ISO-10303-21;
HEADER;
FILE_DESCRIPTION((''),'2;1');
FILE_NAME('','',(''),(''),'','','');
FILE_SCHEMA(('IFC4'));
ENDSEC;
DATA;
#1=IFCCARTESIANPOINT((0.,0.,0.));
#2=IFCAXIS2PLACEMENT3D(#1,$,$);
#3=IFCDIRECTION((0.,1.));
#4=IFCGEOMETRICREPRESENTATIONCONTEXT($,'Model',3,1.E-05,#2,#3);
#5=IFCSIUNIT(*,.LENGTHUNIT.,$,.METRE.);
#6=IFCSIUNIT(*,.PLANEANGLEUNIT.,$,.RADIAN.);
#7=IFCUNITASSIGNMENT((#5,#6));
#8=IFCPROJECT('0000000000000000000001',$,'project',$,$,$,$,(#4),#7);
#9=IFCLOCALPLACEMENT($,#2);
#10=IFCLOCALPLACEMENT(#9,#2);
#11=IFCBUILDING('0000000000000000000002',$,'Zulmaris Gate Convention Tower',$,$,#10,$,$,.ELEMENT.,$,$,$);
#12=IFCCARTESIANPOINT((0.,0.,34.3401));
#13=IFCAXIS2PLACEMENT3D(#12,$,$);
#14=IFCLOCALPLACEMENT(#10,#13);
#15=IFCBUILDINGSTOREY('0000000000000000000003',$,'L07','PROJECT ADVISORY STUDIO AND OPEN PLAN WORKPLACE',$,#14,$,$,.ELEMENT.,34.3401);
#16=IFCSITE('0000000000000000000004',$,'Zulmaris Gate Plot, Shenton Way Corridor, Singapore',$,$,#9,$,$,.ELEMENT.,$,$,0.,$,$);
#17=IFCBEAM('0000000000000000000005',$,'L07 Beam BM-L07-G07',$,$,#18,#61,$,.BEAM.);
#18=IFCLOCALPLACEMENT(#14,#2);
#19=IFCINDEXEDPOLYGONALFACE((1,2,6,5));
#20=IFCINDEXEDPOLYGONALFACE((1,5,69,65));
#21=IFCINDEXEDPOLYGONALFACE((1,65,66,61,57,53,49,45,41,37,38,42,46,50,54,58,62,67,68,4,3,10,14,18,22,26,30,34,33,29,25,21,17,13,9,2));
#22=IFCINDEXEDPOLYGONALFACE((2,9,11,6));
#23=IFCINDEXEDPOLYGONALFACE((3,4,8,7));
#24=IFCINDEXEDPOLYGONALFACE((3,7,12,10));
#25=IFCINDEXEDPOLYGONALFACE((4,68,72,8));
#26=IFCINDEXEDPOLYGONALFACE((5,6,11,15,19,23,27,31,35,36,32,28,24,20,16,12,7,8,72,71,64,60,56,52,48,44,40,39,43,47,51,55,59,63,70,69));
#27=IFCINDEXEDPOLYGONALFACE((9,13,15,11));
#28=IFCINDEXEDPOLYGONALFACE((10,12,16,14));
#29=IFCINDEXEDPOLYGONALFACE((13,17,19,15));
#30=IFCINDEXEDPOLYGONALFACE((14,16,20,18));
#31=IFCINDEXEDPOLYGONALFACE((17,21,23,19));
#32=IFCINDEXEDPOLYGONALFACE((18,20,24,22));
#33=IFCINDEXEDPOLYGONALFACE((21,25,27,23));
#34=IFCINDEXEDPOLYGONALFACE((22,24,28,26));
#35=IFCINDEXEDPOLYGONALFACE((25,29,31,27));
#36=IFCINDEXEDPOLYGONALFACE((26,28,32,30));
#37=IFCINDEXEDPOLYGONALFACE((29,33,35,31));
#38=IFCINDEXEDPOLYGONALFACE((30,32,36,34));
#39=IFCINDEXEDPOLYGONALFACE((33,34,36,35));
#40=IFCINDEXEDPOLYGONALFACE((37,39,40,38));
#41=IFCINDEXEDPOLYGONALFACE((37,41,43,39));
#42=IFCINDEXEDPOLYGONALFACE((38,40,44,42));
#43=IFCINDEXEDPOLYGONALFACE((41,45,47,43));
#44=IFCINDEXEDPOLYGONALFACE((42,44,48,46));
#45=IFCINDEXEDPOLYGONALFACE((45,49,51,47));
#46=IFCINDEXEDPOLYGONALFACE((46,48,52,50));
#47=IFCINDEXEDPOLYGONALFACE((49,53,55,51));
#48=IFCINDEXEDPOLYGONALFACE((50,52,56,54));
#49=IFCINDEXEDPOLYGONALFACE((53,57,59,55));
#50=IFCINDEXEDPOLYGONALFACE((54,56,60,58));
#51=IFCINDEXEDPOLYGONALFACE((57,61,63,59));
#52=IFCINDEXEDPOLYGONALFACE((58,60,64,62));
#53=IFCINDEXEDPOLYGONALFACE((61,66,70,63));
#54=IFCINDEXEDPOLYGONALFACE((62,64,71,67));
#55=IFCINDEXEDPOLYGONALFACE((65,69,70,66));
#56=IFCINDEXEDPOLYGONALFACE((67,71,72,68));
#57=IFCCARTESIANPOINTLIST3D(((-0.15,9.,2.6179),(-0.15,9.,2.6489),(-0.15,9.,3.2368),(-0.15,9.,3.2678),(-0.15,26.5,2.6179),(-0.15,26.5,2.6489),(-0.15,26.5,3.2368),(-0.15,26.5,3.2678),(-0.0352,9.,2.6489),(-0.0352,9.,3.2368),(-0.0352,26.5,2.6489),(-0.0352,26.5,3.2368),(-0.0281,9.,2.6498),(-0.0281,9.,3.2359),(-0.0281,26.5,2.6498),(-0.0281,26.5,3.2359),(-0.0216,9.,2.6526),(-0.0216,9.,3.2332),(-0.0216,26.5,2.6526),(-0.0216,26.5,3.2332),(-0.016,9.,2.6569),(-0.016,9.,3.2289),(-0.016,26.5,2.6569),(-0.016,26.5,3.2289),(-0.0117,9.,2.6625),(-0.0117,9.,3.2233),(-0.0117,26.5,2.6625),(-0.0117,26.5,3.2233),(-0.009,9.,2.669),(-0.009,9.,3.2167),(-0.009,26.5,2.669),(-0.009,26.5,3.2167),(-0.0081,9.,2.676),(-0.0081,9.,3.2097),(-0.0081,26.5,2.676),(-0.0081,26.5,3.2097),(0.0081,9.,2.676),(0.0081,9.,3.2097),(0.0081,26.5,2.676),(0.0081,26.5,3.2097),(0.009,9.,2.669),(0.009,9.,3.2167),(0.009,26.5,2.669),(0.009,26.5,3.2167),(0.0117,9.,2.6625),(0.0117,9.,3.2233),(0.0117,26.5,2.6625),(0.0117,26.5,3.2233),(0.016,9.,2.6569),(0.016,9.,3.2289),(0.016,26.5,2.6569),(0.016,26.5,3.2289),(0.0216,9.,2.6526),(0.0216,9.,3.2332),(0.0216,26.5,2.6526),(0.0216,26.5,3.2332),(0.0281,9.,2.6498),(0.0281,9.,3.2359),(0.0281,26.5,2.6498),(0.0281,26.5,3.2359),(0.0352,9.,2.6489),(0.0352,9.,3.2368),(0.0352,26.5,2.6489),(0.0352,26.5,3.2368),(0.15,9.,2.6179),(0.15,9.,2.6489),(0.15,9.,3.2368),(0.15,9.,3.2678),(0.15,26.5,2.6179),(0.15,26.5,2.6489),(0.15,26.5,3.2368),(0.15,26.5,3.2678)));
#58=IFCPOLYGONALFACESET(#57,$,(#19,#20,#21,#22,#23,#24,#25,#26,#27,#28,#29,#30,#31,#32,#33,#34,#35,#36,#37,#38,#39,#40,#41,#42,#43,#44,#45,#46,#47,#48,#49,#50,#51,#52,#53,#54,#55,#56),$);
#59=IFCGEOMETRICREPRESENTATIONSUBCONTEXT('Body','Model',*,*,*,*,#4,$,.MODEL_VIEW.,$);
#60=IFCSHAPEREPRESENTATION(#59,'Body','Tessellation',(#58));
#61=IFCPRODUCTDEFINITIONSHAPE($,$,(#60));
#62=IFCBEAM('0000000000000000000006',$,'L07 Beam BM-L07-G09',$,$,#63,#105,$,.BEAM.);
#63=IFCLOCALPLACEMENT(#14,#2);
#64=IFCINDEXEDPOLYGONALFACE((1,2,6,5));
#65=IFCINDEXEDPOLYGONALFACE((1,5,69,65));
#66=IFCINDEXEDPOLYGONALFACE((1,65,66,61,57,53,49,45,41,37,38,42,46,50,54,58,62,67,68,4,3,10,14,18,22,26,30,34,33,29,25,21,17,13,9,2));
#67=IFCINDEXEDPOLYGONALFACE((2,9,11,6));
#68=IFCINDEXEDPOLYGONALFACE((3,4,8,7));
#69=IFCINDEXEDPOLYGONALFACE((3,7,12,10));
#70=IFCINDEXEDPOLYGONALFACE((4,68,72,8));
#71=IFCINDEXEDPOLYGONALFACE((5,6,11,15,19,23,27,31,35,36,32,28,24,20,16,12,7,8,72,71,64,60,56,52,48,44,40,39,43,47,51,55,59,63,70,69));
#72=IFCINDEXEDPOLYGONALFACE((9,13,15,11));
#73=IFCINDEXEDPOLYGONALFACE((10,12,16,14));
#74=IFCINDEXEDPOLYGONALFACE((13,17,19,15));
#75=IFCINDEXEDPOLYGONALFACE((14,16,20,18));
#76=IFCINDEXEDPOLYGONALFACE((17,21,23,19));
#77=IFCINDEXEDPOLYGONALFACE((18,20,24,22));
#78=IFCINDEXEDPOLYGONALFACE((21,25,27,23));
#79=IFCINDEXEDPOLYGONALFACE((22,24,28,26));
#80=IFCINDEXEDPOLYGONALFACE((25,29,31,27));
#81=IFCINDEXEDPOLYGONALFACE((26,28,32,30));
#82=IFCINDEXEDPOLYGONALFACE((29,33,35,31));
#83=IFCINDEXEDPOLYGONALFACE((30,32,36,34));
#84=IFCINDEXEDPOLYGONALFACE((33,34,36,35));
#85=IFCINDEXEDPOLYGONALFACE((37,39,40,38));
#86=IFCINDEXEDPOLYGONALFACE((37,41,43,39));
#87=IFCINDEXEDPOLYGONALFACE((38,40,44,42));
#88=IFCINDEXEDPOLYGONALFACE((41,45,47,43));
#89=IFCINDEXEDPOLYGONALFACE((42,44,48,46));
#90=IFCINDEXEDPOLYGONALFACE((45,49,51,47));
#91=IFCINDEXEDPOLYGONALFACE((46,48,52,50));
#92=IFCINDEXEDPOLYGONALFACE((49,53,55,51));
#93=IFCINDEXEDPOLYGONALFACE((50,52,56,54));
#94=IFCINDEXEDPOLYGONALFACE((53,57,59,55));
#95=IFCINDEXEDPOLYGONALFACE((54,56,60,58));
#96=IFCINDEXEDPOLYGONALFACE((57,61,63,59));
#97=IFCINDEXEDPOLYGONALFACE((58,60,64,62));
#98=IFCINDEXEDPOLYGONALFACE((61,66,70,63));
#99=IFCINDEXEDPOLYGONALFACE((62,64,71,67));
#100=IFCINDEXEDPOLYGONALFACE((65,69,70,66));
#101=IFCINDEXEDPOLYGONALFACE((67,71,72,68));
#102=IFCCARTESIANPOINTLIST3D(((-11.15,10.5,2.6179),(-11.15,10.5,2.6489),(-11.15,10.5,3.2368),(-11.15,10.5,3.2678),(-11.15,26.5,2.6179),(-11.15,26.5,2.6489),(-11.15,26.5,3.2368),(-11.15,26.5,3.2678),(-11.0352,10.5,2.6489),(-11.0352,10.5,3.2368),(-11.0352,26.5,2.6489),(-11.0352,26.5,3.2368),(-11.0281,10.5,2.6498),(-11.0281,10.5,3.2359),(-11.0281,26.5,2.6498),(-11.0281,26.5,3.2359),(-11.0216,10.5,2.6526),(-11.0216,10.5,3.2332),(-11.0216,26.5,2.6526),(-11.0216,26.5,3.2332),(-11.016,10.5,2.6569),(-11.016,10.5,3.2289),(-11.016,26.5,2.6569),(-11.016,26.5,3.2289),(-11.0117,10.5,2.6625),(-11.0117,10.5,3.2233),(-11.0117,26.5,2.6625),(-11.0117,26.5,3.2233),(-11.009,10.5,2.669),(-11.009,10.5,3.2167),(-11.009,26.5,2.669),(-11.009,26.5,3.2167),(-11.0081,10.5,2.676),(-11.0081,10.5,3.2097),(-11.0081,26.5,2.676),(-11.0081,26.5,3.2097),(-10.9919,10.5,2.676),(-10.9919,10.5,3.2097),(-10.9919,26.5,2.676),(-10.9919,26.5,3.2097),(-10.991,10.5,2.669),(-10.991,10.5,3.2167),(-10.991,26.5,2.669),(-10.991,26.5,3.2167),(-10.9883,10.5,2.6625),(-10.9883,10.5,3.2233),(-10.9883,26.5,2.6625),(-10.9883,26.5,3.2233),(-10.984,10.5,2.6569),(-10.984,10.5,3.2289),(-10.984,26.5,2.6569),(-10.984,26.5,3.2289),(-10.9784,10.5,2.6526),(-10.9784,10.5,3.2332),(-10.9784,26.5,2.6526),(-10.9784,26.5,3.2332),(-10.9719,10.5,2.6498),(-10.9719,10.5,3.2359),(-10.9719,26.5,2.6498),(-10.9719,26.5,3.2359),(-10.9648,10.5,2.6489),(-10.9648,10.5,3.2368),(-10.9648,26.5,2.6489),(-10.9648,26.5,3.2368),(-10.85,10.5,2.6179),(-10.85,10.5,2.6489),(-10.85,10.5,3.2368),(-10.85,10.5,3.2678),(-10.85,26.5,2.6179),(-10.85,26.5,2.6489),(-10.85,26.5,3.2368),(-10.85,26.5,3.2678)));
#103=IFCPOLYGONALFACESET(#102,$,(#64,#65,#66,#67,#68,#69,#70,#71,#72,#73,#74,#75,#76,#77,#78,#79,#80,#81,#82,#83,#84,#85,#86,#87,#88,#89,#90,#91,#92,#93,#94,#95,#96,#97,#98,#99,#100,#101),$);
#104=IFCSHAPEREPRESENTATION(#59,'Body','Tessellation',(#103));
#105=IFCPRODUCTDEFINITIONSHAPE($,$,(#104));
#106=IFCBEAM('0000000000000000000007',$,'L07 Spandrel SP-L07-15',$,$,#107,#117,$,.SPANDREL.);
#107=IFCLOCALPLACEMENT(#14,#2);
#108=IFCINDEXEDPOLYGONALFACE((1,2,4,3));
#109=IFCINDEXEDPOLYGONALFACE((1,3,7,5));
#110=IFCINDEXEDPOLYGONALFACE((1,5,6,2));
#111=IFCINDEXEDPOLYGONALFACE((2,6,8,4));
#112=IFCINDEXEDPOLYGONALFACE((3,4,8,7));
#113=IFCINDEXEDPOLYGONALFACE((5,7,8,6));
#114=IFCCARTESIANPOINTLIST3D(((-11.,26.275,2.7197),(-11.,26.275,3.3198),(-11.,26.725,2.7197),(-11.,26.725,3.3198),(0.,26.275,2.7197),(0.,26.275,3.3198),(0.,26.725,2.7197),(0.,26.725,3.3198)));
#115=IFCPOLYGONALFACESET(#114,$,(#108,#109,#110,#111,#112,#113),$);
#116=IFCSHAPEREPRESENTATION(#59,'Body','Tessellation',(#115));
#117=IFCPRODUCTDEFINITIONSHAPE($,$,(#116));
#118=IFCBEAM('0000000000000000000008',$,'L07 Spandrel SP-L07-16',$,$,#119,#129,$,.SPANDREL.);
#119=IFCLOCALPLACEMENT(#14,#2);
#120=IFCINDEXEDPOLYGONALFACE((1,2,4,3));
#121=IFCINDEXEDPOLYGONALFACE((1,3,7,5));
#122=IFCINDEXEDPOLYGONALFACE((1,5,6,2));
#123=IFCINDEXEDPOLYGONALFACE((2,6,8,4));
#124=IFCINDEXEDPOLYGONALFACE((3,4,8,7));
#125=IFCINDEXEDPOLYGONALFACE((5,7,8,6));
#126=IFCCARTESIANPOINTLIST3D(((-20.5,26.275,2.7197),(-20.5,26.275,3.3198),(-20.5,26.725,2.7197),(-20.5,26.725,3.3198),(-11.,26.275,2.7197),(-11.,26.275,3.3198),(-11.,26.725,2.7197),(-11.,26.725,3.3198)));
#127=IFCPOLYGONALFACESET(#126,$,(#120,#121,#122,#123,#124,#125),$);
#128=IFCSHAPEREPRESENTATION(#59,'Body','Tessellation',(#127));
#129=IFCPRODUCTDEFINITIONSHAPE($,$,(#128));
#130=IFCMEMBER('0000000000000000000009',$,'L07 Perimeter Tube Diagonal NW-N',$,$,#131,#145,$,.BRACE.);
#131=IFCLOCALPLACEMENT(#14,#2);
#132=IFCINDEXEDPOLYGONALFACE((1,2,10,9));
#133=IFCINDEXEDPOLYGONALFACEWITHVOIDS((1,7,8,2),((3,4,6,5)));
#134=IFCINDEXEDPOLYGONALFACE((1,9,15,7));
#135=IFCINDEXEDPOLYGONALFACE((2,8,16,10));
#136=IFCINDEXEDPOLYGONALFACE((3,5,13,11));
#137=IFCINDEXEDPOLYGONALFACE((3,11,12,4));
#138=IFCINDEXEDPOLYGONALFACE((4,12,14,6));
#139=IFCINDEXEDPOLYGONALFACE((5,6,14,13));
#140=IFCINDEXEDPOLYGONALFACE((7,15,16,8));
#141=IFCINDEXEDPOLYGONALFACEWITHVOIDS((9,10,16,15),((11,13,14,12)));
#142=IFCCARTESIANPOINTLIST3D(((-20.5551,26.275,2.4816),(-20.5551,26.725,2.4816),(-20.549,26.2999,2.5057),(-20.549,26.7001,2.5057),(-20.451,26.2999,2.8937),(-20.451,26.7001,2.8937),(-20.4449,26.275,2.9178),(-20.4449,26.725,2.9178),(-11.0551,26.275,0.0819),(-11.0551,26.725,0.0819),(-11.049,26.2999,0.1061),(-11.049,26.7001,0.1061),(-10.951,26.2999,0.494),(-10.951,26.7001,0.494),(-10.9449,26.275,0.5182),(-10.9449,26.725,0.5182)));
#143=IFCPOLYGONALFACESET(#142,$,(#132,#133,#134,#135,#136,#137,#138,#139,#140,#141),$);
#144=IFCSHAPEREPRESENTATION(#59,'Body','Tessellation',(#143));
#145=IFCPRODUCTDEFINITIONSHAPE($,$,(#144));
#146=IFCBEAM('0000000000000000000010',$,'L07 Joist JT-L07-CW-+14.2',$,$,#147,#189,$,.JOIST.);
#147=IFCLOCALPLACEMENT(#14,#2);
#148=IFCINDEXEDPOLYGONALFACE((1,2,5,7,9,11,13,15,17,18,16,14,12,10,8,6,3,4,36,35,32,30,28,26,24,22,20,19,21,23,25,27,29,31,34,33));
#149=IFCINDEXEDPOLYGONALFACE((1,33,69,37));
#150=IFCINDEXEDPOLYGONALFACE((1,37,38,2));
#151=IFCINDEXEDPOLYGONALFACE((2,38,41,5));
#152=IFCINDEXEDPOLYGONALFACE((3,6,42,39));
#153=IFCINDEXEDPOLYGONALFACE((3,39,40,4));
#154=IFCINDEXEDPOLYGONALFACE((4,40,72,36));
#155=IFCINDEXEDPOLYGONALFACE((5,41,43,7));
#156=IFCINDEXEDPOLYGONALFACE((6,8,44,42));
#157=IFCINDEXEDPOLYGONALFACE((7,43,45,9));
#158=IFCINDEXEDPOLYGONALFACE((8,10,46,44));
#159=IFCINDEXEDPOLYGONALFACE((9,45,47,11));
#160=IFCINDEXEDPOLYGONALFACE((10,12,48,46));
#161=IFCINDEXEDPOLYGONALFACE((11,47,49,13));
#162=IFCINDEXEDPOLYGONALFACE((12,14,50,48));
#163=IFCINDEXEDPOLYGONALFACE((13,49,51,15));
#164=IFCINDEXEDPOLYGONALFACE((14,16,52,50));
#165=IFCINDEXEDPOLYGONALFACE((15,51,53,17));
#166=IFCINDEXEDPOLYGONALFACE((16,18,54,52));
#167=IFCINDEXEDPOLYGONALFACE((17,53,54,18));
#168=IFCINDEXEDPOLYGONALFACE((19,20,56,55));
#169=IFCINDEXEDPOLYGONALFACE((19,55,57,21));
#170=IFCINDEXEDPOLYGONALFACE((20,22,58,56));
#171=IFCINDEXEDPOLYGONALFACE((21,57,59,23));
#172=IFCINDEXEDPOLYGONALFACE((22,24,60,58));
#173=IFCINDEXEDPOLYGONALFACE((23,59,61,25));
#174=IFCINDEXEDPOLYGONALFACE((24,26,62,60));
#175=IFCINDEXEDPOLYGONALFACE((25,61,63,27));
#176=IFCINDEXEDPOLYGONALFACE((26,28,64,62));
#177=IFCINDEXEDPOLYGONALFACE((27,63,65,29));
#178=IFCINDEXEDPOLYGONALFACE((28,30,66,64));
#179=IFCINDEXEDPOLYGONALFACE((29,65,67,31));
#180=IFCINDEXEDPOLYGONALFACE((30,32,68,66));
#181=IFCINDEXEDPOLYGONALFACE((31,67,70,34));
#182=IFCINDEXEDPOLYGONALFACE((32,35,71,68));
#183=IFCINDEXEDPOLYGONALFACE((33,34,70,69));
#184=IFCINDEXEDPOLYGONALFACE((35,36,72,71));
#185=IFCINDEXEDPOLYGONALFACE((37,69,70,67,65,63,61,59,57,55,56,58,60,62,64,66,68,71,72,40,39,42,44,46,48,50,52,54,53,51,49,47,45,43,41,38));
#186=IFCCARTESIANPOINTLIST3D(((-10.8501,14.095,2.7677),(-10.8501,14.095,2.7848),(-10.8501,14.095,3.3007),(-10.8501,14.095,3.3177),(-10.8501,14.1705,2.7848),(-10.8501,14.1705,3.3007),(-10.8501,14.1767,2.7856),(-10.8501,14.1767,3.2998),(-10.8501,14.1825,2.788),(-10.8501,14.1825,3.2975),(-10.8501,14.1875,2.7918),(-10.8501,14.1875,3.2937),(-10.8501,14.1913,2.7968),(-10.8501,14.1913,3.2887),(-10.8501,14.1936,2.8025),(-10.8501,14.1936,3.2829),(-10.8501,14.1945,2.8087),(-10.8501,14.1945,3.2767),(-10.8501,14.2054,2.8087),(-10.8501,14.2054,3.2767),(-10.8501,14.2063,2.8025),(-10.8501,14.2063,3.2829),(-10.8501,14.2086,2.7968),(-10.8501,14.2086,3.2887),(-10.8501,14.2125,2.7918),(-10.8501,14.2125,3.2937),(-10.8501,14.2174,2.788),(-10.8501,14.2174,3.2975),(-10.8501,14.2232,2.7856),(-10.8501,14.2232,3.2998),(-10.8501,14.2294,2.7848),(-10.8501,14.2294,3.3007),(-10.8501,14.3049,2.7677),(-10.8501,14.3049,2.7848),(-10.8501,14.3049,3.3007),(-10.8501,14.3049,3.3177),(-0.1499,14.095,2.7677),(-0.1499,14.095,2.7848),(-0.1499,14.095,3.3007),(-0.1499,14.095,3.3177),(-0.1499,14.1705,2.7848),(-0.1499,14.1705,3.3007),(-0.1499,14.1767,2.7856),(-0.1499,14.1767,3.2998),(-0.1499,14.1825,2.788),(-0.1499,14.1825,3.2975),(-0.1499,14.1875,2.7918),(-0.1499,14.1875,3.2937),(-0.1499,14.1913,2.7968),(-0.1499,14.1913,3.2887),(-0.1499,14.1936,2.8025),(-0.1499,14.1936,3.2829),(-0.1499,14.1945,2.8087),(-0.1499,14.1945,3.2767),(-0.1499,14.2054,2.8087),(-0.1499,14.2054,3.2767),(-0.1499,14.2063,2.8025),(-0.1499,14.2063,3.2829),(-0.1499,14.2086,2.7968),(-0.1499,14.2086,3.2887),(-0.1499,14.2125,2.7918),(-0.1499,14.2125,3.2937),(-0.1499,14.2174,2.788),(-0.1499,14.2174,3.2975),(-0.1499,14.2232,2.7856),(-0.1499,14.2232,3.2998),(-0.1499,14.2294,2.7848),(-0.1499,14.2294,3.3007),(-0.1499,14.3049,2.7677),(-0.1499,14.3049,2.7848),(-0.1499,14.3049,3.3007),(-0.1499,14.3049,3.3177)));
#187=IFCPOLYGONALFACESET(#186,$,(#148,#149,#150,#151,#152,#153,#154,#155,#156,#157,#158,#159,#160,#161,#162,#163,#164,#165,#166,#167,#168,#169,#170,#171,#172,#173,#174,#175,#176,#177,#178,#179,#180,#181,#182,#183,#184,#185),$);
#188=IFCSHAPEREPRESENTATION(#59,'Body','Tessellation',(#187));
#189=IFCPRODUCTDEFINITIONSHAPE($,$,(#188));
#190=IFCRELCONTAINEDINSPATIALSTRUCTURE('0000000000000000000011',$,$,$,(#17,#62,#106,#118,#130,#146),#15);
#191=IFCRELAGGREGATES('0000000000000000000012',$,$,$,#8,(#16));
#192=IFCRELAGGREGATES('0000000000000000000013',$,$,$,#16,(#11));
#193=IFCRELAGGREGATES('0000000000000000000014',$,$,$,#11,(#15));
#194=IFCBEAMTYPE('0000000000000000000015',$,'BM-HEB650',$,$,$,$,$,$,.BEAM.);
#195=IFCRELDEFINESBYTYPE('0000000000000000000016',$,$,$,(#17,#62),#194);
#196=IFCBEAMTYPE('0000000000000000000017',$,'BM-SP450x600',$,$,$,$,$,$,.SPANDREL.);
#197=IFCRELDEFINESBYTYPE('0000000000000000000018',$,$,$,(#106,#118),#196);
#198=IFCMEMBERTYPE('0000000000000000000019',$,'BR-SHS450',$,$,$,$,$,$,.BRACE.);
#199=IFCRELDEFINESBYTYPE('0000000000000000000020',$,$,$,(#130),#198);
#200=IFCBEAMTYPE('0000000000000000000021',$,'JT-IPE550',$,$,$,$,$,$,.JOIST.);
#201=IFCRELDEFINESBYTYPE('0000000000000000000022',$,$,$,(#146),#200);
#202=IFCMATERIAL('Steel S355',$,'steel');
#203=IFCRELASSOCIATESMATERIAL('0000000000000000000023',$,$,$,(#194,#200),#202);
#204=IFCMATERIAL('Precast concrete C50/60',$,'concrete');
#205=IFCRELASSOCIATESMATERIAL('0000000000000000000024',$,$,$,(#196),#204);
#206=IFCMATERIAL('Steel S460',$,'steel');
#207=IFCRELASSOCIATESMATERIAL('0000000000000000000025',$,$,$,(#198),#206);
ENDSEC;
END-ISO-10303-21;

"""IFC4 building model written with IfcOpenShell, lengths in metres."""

from ifc_helpers import new_model, si_unit, direction, frame, origin, origin_2d, place, context, subcontext, project, spatial, rectangle, hollow_rectangle, i_section, extrude, material, material_profile, profile_set, type_object, element, save


model = new_model("IFC4")

# Units and contexts
model_context = context("Model", 3, precision=1e-05, world=origin(), true_north=direction((0.0, 1.0)))
body_context = subcontext(model_context, "Body", "Model", "MODEL_VIEW")
ifc_project = project(units=[si_unit("LENGTHUNIT", "METRE"), si_unit("PLANEANGLEUNIT", "RADIAN")], contexts=[model_context])

# Site, building, storey
site_placement = place(None, origin())
site = spatial("IfcSite", under=ifc_project, at=site_placement, Name="Zulmaris Gate Plot, Shenton Way Corridor, Singapore", CompositionType="ELEMENT", RefElevation=0.0)
building_placement = place(site_placement, origin())
building = spatial("IfcBuilding", under=site, at=building_placement, Name="Zulmaris Gate Convention Tower", CompositionType="ELEMENT")
storey_placement = place(building_placement, frame((0.0, 0.0, 34.3401)))
storey = spatial("IfcBuildingStorey", under=building, at=storey_placement, Name="L07", Description="PROJECT ADVISORY STUDIO AND OPEN PLAN WORKPLACE", CompositionType="ELEMENT", Elevation=34.3401)

# Beams
ifc_material_1 = material(Name="Steel S355", Category="steel")
ifc_material_profile_1 = material_profile(ifc_material_1, i_section(OverallWidth=0.3, OverallDepth=0.6499, WebThickness=0.0161, FlangeThickness=0.031, FilletRadius=0.0271, at=origin_2d()), Name="HEB 650")
ifc_profile_set_1 = profile_set([ifc_material_profile_1], Name="Steel S355")
beam_type_1 = type_object("IfcBeamType", Name="BM-HEB650", PredefinedType="BEAM", material=ifc_profile_set_1)
beam_1_placement = place(storey_placement, frame((0.0, 9.0, 2.9429), z_axis=(0.0, 1.0, 0.0), x_axis=(-1.0, 0.0, 0.0)))
element("IfcBeam", 1, at=beam_1_placement, inside=storey, type_object=beam_type_1, Name="L07 Beam BM-L07-G07", PredefinedType="BEAM", context=body_context, shape_type="SweptSolid", body=[
    extrude(i_section(OverallWidth=0.3, OverallDepth=0.6499, WebThickness=0.0161, FlangeThickness=0.031, FilletRadius=0.0271, at=origin_2d()), origin(), (0.0, 0.0, 1.0), 17.5),
])
beam_2_placement = place(storey_placement, frame((-11.0, 10.5, 2.9429), z_axis=(0.0, 1.0, 0.0), x_axis=(-1.0, 0.0, 0.0)))
element("IfcBeam", 2, at=beam_2_placement, inside=storey, type_object=beam_type_1, Name="L07 Beam BM-L07-G09", PredefinedType="BEAM", context=body_context, shape_type="SweptSolid", body=[
    extrude(i_section(OverallWidth=0.3, OverallDepth=0.6499, WebThickness=0.0161, FlangeThickness=0.031, FilletRadius=0.0271, at=origin_2d()), origin(), (0.0, 0.0, 1.0), 16.0),
])
ifc_material_2 = material(Name="Precast concrete C50/60", Category="concrete")
ifc_material_profile_2 = material_profile(ifc_material_2, rectangle(XDim=0.45, YDim=0.6001, at=origin_2d()), Name="RC SPANDREL 450x600")
ifc_profile_set_2 = profile_set([ifc_material_profile_2], Name="Precast concrete C50/60")
beam_type_2 = type_object("IfcBeamType", Name="BM-SP450x600", PredefinedType="SPANDREL", material=ifc_profile_set_2)
beam_3_placement = place(storey_placement, frame((0.0, 26.5, 3.0198), z_axis=(-1.0, 0.0, 0.0), x_axis=(0.0, -1.0, 0.0)))
element("IfcBeam", 3, at=beam_3_placement, inside=storey, type_object=beam_type_2, Name="L07 Spandrel SP-L07-15", PredefinedType="SPANDREL", context=body_context, shape_type="SweptSolid", body=[
    extrude(rectangle(XDim=0.45, YDim=0.6001, at=origin_2d()), origin(), (0.0, 0.0, 1.0), 11.0),
])
beam_4_placement = place(storey_placement, frame((-11.0, 26.5, 3.0198), z_axis=(-1.0, 0.0, 0.0), x_axis=(0.0, -1.0, 0.0)))
element("IfcBeam", 4, at=beam_4_placement, inside=storey, type_object=beam_type_2, Name="L07 Spandrel SP-L07-16", PredefinedType="SPANDREL", context=body_context, shape_type="SweptSolid", body=[
    extrude(rectangle(XDim=0.45, YDim=0.6001, at=origin_2d()), origin(), (0.0, 0.0, 1.0), 9.5),
])

# Member
ifc_material_3 = material(Name="Steel S460", Category="steel")
ifc_material_profile_3 = material_profile(ifc_material_3, hollow_rectangle(XDim=0.45, YDim=0.45, WallThickness=0.0249, at=origin_2d()), Name="SHS 450x450x25")
ifc_profile_set_3 = profile_set([ifc_material_profile_3], Name="Steel S460")
member_type = type_object("IfcMemberType", Name="BR-SHS450", PredefinedType="BRACE", material=ifc_profile_set_3)
member_placement = place(storey_placement, frame((-11.0, 26.5, 0.3), z_axis=(-0.969547, 0.0, 0.244903), x_axis=(0.0, -1.0, 0.0)))
element("IfcMember", 5, at=member_placement, inside=storey, type_object=member_type, Name="L07 Perimeter Tube Diagonal NW-N", PredefinedType="BRACE", context=body_context, shape_type="SweptSolid", body=[
    extrude(hollow_rectangle(XDim=0.45, YDim=0.45, WallThickness=0.0249, at=origin_2d()), origin(), (0.0, 0.0, 1.0), 9.7983),
])

# Beam
ifc_material_profile_4 = material_profile(ifc_material_1, i_section(OverallWidth=0.21, OverallDepth=0.55, WebThickness=0.011, FlangeThickness=0.0171, FilletRadius=0.0239, at=origin_2d()), Name="IPE 550")
ifc_profile_set_4 = profile_set([ifc_material_profile_4], Name="Steel S355")
beam_type_3 = type_object("IfcBeamType", Name="JT-IPE550", PredefinedType="JOIST", material=ifc_profile_set_4)
for number, where, z_axis, x_axis, name in (
    (6, (-10.8501, 14.2, 3.0427), (1.0, 0.0, 0.0), (0.0, 1.0, 0.0), "L07 Joist JT-L07-CW-+14.2"),
):
    element("IfcBeam", number, at=place(storey_placement, frame(where, z_axis=z_axis, x_axis=x_axis)), inside=storey, type_object=beam_type_3, Name=name, PredefinedType="JOIST", context=body_context, shape_type="SweptSolid", body=[
        extrude(i_section(OverallWidth=0.21, OverallDepth=0.55, WebThickness=0.011, FlangeThickness=0.0171, FilletRadius=0.0239, at=origin_2d()), origin(), (0.0, 0.0, 1.0), 10.7002),
    ])

save(model, "model.ifc")
